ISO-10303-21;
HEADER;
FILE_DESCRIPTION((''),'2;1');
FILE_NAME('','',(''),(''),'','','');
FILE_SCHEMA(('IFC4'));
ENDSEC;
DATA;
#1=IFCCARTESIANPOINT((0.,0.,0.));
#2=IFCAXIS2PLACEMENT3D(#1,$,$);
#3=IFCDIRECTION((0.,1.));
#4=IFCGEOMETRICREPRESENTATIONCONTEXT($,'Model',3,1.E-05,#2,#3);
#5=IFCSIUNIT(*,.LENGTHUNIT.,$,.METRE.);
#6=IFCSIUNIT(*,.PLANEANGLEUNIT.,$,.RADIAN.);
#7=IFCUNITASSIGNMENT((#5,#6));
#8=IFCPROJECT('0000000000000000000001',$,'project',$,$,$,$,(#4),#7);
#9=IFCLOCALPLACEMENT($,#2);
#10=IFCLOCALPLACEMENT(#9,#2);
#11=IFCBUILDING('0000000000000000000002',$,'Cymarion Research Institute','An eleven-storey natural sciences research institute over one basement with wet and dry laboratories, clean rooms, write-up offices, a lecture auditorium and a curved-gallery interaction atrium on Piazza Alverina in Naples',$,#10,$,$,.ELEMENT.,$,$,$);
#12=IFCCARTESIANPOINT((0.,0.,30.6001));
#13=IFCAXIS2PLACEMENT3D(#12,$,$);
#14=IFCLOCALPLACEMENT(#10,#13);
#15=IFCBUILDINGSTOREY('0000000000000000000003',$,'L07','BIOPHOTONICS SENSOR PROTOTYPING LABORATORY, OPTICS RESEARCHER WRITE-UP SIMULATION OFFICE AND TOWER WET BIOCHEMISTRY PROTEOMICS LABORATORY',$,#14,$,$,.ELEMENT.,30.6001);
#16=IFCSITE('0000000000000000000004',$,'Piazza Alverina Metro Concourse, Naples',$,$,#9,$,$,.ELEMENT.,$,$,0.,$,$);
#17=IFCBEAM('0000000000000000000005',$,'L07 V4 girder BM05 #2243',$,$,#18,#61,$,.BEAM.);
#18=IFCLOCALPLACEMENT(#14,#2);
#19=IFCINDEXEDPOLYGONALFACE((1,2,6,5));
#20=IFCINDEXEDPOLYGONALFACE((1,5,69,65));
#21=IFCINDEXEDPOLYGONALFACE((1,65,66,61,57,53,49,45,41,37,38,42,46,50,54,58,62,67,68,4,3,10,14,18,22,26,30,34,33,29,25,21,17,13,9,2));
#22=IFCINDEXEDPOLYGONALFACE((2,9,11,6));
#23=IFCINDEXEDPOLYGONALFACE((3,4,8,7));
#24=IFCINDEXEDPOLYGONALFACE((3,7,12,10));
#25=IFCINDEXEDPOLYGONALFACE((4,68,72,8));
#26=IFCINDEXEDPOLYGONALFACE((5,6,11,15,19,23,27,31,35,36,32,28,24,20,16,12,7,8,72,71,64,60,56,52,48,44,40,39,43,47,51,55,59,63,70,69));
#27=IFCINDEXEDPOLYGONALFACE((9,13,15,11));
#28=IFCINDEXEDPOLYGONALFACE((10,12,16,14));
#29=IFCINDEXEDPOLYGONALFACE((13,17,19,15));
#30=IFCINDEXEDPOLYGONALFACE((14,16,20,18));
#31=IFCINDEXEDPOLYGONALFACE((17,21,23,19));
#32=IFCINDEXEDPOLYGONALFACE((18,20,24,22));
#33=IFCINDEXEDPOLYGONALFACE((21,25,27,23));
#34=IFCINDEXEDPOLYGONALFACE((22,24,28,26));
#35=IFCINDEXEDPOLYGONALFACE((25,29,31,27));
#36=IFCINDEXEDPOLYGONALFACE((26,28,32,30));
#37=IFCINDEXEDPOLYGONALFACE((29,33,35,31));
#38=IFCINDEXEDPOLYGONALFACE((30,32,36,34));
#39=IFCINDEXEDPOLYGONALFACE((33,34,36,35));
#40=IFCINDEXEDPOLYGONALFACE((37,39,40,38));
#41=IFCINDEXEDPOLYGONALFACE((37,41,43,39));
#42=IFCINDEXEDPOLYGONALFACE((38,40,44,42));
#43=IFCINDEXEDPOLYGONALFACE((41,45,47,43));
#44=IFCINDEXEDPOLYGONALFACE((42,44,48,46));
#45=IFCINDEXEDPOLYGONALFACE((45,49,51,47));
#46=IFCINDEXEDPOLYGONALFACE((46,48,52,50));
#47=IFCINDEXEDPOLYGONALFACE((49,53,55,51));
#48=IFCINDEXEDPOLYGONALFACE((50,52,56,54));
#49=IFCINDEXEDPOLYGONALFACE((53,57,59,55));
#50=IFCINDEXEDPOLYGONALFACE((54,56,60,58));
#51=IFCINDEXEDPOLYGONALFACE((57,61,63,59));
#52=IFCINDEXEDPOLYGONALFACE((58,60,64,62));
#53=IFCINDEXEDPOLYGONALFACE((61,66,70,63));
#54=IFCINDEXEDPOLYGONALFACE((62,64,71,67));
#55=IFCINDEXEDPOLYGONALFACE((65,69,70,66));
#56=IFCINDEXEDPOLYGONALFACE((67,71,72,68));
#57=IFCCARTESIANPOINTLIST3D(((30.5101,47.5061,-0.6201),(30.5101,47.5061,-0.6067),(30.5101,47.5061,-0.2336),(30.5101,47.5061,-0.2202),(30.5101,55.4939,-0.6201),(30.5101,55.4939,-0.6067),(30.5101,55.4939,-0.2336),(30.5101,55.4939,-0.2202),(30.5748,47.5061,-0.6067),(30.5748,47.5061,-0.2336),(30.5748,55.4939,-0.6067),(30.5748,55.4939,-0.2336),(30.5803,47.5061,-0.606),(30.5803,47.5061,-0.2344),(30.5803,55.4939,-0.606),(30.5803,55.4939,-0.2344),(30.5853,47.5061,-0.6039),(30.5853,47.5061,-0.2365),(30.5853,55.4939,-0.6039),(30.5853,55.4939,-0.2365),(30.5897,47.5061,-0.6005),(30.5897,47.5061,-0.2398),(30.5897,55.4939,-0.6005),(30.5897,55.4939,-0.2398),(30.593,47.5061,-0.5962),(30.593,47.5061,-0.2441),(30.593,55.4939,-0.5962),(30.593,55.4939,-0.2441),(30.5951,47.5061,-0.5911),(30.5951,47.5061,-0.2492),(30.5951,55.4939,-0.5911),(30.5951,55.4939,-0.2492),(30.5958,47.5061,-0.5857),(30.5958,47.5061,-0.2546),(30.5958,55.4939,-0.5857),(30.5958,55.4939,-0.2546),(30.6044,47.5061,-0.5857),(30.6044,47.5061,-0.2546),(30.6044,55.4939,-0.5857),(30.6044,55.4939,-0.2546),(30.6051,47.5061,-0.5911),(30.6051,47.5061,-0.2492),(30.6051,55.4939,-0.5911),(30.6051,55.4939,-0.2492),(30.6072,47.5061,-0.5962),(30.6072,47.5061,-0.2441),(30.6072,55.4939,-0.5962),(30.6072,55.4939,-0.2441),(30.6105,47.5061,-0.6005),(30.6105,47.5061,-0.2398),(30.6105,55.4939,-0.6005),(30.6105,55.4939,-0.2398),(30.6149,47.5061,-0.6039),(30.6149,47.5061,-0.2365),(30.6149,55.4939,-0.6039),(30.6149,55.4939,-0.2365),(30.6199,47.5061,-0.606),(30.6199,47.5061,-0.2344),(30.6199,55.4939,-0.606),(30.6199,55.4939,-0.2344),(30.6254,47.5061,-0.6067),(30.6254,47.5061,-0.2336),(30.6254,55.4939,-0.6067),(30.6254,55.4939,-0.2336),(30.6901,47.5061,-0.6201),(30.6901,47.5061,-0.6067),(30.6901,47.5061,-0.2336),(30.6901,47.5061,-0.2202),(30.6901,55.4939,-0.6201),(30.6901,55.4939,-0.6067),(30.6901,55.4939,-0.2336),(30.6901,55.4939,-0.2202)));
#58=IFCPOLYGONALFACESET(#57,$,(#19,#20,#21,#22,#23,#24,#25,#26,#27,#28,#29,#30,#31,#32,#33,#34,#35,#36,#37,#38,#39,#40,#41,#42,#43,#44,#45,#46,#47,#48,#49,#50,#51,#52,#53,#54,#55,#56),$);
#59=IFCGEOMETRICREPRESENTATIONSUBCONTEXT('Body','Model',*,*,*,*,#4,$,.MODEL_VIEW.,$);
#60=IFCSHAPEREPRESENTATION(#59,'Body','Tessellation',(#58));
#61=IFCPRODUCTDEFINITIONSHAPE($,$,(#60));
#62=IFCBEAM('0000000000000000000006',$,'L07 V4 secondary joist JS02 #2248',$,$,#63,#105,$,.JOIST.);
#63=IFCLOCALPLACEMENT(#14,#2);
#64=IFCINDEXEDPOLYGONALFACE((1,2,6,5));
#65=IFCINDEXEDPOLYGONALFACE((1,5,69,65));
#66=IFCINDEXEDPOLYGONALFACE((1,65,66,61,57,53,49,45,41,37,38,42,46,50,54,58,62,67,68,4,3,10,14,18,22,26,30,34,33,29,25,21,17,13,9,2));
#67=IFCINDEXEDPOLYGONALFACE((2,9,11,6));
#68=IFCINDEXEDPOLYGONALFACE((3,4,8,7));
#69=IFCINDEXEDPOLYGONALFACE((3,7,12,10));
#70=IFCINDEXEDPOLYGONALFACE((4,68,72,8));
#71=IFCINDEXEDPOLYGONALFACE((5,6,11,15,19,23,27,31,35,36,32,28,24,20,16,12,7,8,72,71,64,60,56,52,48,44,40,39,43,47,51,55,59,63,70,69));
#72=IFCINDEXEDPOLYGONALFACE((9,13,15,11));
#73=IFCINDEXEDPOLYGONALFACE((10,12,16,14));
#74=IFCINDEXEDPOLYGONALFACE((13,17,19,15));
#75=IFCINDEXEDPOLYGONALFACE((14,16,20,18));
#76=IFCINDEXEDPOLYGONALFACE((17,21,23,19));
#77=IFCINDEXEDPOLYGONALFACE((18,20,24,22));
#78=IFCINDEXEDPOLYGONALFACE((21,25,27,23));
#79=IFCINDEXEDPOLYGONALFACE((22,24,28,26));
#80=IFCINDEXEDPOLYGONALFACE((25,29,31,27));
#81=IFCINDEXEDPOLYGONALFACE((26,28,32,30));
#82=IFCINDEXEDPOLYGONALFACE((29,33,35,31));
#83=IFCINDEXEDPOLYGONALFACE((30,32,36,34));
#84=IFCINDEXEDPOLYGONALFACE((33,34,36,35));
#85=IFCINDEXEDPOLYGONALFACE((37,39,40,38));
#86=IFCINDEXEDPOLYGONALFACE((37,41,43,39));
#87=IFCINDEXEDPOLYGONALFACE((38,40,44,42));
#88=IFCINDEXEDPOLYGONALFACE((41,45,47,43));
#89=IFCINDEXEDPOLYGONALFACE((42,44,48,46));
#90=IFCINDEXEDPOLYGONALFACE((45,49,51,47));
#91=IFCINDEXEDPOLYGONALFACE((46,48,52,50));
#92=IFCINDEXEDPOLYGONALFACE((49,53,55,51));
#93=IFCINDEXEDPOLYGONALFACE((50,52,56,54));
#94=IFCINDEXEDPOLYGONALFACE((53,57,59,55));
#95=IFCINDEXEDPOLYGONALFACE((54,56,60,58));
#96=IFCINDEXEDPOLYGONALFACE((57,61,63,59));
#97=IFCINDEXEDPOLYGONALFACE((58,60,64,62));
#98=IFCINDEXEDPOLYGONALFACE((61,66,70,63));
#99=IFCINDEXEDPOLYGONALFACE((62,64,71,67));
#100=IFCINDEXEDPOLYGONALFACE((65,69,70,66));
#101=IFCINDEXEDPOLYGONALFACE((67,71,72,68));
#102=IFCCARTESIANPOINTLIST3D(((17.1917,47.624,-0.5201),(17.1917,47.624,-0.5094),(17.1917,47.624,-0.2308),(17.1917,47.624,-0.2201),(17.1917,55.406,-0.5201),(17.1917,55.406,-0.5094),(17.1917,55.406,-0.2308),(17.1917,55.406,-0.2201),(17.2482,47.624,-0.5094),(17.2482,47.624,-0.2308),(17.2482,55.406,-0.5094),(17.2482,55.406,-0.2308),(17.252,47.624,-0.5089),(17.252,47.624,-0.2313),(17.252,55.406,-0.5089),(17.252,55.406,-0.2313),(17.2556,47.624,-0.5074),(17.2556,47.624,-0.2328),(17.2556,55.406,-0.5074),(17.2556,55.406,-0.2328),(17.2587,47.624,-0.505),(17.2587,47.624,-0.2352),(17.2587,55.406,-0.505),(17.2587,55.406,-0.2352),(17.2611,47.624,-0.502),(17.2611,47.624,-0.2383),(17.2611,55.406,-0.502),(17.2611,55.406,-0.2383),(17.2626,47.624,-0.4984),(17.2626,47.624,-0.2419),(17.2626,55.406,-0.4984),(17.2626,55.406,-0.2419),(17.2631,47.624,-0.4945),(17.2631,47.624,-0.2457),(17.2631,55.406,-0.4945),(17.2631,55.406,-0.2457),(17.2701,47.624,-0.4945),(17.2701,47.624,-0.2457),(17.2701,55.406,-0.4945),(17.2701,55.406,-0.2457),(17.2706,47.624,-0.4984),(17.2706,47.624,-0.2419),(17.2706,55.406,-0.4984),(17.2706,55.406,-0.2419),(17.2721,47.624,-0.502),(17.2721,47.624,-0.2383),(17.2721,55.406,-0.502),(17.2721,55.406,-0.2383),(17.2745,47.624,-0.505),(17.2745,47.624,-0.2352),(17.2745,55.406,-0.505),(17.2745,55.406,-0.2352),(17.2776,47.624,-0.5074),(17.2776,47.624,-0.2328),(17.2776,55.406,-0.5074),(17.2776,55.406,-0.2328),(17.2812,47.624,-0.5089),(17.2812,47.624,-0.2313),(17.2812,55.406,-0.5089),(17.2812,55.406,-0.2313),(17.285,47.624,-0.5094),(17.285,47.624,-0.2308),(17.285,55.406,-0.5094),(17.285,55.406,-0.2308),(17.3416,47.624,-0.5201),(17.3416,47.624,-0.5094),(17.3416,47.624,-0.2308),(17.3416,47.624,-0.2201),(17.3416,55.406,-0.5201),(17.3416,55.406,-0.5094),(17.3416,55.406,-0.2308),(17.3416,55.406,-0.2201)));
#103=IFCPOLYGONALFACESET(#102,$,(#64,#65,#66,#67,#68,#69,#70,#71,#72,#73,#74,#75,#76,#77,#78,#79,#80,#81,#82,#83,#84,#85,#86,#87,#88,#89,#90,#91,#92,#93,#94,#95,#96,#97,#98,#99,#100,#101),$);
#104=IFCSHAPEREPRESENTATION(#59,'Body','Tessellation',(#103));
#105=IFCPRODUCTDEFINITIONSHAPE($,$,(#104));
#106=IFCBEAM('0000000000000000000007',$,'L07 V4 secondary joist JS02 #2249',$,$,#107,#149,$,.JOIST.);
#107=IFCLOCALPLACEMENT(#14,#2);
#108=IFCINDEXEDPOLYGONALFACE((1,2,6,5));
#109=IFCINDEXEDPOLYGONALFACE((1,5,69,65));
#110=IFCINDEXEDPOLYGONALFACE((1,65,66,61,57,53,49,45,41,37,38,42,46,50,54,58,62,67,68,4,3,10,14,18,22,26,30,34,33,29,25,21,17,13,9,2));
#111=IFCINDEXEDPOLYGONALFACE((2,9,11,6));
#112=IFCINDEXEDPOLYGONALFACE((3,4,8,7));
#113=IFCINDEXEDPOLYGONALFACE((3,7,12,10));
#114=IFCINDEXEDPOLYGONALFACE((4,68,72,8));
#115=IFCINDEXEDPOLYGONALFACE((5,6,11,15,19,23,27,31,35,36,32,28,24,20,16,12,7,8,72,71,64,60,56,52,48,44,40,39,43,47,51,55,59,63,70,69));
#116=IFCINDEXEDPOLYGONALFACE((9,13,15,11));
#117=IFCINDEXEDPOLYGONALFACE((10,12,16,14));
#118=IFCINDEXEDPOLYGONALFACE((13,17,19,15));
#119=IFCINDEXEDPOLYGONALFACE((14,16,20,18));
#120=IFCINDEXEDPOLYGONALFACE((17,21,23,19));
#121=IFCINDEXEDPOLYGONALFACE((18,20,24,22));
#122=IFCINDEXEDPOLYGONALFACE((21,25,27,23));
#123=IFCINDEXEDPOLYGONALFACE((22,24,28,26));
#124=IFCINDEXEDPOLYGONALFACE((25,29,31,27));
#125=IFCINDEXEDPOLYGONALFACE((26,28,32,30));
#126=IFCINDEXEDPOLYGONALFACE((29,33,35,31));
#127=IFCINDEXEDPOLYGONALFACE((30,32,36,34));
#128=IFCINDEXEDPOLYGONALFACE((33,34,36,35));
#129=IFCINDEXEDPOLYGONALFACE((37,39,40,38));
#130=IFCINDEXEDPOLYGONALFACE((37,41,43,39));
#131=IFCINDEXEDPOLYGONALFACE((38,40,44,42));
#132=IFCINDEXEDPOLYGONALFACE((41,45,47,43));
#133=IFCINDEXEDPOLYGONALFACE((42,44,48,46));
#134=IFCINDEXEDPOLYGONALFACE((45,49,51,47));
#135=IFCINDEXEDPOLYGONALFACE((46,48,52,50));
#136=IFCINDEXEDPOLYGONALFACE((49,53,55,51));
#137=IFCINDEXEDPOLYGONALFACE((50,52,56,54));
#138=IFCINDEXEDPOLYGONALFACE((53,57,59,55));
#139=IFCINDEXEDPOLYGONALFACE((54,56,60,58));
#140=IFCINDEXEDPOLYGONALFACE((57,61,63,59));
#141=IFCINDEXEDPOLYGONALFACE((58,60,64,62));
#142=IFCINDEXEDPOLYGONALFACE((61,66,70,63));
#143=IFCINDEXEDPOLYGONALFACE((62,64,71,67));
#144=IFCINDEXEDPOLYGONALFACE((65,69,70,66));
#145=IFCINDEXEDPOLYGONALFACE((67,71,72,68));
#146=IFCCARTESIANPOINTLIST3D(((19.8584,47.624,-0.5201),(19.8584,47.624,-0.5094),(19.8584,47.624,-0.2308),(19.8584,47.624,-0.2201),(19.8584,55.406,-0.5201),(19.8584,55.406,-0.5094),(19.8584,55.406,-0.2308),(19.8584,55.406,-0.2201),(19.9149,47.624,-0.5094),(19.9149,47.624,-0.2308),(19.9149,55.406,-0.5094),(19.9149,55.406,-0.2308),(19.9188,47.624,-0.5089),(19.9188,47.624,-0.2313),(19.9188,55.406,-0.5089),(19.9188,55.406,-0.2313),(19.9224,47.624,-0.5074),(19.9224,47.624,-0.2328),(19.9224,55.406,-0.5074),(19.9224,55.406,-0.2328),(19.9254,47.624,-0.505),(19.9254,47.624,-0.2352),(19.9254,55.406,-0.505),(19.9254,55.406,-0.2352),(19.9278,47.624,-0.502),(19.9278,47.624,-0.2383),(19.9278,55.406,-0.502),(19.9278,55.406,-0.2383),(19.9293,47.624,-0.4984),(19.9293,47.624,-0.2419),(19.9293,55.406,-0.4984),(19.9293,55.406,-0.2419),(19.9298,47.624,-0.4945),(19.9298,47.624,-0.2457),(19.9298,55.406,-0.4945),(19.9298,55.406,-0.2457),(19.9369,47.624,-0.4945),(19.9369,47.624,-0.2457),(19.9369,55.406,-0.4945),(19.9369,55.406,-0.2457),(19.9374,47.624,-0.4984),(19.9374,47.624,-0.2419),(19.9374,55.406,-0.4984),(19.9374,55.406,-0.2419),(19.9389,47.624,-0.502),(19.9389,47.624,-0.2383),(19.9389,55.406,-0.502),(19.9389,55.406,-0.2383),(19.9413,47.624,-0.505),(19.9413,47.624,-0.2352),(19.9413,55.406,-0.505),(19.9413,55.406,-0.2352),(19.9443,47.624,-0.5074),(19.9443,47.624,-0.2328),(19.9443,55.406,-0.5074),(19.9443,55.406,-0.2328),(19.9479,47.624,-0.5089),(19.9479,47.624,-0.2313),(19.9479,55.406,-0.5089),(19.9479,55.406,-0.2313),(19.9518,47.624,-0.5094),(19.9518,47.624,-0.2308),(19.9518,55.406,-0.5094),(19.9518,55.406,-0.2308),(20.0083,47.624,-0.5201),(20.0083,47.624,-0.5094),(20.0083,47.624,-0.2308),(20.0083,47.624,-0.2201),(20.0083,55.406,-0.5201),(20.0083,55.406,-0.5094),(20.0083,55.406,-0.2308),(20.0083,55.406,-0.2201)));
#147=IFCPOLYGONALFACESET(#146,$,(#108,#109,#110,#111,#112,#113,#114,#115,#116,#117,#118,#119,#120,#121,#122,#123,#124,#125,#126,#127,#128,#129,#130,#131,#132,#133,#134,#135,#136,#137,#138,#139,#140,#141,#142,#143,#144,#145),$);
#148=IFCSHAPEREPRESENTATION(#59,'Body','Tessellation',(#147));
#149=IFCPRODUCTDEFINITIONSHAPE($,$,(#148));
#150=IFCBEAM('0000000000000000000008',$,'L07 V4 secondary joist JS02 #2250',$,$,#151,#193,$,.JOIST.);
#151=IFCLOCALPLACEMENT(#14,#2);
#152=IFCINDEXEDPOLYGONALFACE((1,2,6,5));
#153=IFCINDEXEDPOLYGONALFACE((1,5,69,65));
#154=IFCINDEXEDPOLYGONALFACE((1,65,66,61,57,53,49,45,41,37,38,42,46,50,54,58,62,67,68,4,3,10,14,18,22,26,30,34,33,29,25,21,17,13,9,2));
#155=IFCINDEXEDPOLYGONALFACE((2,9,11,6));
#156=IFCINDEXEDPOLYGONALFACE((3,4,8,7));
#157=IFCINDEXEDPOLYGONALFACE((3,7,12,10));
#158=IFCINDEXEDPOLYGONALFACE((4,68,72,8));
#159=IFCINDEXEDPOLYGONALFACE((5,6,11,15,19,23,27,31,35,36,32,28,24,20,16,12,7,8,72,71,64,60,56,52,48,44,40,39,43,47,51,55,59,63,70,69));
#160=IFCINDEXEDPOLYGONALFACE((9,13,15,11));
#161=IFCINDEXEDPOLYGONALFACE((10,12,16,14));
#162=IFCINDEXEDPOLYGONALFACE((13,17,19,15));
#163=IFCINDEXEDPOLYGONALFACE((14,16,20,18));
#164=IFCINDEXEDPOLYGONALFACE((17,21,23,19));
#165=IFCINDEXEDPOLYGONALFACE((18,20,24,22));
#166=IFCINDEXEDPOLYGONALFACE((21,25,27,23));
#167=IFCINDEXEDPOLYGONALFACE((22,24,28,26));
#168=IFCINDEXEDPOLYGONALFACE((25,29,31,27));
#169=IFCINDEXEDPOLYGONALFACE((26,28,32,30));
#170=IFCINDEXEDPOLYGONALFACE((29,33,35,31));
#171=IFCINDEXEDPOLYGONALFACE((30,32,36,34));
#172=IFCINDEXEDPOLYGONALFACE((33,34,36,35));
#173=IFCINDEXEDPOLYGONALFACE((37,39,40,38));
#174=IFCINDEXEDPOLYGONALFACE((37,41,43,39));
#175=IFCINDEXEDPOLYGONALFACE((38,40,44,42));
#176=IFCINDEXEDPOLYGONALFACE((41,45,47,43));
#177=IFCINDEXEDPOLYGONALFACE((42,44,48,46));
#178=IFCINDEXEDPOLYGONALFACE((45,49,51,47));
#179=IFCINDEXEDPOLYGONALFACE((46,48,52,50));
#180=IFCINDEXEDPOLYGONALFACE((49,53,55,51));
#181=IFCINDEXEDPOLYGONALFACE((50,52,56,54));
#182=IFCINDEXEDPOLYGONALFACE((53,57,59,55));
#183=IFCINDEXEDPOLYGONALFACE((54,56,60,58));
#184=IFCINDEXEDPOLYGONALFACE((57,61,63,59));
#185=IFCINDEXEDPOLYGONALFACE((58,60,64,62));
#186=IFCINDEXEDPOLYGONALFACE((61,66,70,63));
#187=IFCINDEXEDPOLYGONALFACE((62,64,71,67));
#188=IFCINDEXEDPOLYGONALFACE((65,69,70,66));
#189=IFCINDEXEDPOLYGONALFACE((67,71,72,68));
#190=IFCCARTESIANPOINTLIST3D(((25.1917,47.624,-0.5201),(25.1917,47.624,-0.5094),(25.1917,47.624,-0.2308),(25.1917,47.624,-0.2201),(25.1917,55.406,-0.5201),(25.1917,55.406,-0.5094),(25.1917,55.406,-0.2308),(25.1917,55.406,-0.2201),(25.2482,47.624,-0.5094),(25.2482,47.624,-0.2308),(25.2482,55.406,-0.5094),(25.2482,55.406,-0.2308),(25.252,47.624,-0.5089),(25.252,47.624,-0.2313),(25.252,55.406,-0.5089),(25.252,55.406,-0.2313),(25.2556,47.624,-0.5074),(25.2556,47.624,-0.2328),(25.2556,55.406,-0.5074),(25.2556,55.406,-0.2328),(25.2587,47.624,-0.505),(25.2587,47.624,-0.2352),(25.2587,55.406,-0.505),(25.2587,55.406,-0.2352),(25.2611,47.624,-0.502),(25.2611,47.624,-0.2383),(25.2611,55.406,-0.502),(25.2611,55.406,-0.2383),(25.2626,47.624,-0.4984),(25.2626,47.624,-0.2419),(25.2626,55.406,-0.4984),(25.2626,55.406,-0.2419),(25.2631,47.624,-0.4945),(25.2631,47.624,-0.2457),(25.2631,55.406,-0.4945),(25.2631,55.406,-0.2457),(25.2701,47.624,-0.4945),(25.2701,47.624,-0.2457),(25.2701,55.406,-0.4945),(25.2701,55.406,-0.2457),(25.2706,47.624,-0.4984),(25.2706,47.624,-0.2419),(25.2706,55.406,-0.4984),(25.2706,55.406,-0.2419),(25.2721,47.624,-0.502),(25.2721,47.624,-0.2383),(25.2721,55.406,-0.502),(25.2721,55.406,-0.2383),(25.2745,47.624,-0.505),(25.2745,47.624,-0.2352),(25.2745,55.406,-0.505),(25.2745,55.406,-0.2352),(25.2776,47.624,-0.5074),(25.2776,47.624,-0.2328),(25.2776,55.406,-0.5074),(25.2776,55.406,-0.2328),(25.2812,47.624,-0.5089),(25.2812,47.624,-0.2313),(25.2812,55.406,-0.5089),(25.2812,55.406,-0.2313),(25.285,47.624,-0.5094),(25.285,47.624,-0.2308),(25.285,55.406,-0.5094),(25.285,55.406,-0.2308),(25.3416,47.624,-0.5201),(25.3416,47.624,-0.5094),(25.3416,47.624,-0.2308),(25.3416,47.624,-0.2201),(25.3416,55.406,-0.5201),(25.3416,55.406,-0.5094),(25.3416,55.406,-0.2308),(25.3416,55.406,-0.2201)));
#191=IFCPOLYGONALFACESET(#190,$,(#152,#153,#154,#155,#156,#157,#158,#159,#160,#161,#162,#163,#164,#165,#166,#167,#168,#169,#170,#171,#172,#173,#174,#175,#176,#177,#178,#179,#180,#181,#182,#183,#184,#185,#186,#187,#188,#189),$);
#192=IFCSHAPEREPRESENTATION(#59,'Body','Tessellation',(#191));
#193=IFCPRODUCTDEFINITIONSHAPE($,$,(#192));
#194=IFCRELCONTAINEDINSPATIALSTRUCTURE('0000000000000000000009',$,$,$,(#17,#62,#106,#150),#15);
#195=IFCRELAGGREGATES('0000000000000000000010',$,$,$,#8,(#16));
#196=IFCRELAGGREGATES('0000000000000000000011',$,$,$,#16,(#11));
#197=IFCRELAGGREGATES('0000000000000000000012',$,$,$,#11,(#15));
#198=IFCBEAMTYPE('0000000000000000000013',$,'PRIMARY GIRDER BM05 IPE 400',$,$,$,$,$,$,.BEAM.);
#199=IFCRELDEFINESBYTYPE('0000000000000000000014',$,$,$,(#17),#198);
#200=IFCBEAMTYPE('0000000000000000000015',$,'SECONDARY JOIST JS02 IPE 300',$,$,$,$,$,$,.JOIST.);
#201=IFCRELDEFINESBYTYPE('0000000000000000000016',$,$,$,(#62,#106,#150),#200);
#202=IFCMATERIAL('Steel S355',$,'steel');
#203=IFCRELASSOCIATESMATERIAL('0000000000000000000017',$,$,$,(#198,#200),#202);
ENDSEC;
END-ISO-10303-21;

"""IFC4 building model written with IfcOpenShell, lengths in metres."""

from ifc_helpers import new_model, si_unit, direction, frame, origin, origin_2d, place, context, subcontext, project, spatial, i_section, extrude, material, material_profile, profile_set, type_object, element, save


model = new_model("IFC4")

# Units and contexts
model_context = context("Model", 3, precision=1e-05, world=origin(), true_north=direction((0.0, 1.0)))
body_context = subcontext(model_context, "Body", "Model", "MODEL_VIEW")
ifc_project = project(units=[si_unit("LENGTHUNIT", "METRE"), si_unit("PLANEANGLEUNIT", "RADIAN")], contexts=[model_context])

# Site, building, storey
site_placement = place(None, origin())
site = spatial("IfcSite", under=ifc_project, at=site_placement, Name="Piazza Alverina Metro Concourse, Naples", CompositionType="ELEMENT", RefElevation=0.0)
building_placement = place(site_placement, origin())
building = spatial("IfcBuilding", under=site, at=building_placement, Name="Cymarion Research Institute", Description="An eleven-storey natural sciences research institute over one basement with wet and dry laboratories, clean rooms, write-up offices, a lecture auditorium and a curved-gallery interaction atrium on Piazza Alverina in Naples", CompositionType="ELEMENT")
storey_placement = place(building_placement, frame((0.0, 0.0, 30.6001)))
storey = spatial("IfcBuildingStorey", under=building, at=storey_placement, Name="L07", Description="BIOPHOTONICS SENSOR PROTOTYPING LABORATORY, OPTICS RESEARCHER WRITE-UP SIMULATION OFFICE AND TOWER WET BIOCHEMISTRY PROTEOMICS LABORATORY", CompositionType="ELEMENT", Elevation=30.6001)

# Shared definitions
ifc_material_1 = material(Name="Steel S355", Category="steel")

# Beams
ifc_material_profile_1 = material_profile(ifc_material_1, i_section(OverallWidth=0.1799, OverallDepth=0.3999, WebThickness=0.0085, FlangeThickness=0.0134, FilletRadius=0.021, at=origin_2d()), Name="IPE 400")
ifc_profile_set_1 = profile_set([ifc_material_profile_1], Name="Steel S355")
beam_type_1 = type_object("IfcBeamType", Name="PRIMARY GIRDER BM05 IPE 400", PredefinedType="BEAM", material=ifc_profile_set_1)
for number, where, z_axis, x_axis, name in (
    (1, (30.6001, 47.5061, -0.4202), (0.0, 1.0, 0.0), (-1.0, 0.0, 0.0), "L07 V4 girder BM05 #2243"),
):
    element("IfcBeam", number, at=place(storey_placement, frame(where, z_axis=z_axis, x_axis=x_axis)), inside=storey, type_object=beam_type_1, Name=name, PredefinedType="BEAM", context=body_context, shape_type="SweptSolid", body=[
        extrude(i_section(OverallWidth=0.1799, OverallDepth=0.3999, WebThickness=0.0085, FlangeThickness=0.0134, FilletRadius=0.021, at=origin_2d()), origin(), (0.0, 0.0, 1.0), 7.9878),
    ])
ifc_material_profile_2 = material_profile(ifc_material_1, i_section(OverallWidth=0.1499, OverallDepth=0.3, WebThickness=0.0071, FlangeThickness=0.0107, FilletRadius=0.0149, at=origin_2d()), Name="IPE 300")
ifc_profile_set_2 = profile_set([ifc_material_profile_2], Name="Steel S355")
beam_type_2 = type_object("IfcBeamType", Name="SECONDARY JOIST JS02 IPE 300", PredefinedType="JOIST", material=ifc_profile_set_2)
for number, where, z_axis, x_axis, name in (
    (2, (17.2666, 47.624, -0.3701), (0.0, 1.0, 0.0), (-1.0, 0.0, 0.0), "L07 V4 secondary joist JS02 #2248"),
    (3, (19.9333, 47.624, -0.3701), (0.0, 1.0, 0.0), (-1.0, 0.0, 0.0), "L07 V4 secondary joist JS02 #2249"),
    (4, (25.2666, 47.624, -0.3701), (0.0, 1.0, 0.0), (-1.0, 0.0, 0.0), "L07 V4 secondary joist JS02 #2250"),
):
    element("IfcBeam", number, at=place(storey_placement, frame(where, z_axis=z_axis, x_axis=x_axis)), inside=storey, type_object=beam_type_2, Name=name, PredefinedType="JOIST", context=body_context, shape_type="SweptSolid", body=[
        extrude(i_section(OverallWidth=0.1499, OverallDepth=0.3, WebThickness=0.0071, FlangeThickness=0.0107, FilletRadius=0.0149, at=origin_2d()), origin(), (0.0, 0.0, 1.0), 7.782),
    ])

save(model, "model.ifc")
